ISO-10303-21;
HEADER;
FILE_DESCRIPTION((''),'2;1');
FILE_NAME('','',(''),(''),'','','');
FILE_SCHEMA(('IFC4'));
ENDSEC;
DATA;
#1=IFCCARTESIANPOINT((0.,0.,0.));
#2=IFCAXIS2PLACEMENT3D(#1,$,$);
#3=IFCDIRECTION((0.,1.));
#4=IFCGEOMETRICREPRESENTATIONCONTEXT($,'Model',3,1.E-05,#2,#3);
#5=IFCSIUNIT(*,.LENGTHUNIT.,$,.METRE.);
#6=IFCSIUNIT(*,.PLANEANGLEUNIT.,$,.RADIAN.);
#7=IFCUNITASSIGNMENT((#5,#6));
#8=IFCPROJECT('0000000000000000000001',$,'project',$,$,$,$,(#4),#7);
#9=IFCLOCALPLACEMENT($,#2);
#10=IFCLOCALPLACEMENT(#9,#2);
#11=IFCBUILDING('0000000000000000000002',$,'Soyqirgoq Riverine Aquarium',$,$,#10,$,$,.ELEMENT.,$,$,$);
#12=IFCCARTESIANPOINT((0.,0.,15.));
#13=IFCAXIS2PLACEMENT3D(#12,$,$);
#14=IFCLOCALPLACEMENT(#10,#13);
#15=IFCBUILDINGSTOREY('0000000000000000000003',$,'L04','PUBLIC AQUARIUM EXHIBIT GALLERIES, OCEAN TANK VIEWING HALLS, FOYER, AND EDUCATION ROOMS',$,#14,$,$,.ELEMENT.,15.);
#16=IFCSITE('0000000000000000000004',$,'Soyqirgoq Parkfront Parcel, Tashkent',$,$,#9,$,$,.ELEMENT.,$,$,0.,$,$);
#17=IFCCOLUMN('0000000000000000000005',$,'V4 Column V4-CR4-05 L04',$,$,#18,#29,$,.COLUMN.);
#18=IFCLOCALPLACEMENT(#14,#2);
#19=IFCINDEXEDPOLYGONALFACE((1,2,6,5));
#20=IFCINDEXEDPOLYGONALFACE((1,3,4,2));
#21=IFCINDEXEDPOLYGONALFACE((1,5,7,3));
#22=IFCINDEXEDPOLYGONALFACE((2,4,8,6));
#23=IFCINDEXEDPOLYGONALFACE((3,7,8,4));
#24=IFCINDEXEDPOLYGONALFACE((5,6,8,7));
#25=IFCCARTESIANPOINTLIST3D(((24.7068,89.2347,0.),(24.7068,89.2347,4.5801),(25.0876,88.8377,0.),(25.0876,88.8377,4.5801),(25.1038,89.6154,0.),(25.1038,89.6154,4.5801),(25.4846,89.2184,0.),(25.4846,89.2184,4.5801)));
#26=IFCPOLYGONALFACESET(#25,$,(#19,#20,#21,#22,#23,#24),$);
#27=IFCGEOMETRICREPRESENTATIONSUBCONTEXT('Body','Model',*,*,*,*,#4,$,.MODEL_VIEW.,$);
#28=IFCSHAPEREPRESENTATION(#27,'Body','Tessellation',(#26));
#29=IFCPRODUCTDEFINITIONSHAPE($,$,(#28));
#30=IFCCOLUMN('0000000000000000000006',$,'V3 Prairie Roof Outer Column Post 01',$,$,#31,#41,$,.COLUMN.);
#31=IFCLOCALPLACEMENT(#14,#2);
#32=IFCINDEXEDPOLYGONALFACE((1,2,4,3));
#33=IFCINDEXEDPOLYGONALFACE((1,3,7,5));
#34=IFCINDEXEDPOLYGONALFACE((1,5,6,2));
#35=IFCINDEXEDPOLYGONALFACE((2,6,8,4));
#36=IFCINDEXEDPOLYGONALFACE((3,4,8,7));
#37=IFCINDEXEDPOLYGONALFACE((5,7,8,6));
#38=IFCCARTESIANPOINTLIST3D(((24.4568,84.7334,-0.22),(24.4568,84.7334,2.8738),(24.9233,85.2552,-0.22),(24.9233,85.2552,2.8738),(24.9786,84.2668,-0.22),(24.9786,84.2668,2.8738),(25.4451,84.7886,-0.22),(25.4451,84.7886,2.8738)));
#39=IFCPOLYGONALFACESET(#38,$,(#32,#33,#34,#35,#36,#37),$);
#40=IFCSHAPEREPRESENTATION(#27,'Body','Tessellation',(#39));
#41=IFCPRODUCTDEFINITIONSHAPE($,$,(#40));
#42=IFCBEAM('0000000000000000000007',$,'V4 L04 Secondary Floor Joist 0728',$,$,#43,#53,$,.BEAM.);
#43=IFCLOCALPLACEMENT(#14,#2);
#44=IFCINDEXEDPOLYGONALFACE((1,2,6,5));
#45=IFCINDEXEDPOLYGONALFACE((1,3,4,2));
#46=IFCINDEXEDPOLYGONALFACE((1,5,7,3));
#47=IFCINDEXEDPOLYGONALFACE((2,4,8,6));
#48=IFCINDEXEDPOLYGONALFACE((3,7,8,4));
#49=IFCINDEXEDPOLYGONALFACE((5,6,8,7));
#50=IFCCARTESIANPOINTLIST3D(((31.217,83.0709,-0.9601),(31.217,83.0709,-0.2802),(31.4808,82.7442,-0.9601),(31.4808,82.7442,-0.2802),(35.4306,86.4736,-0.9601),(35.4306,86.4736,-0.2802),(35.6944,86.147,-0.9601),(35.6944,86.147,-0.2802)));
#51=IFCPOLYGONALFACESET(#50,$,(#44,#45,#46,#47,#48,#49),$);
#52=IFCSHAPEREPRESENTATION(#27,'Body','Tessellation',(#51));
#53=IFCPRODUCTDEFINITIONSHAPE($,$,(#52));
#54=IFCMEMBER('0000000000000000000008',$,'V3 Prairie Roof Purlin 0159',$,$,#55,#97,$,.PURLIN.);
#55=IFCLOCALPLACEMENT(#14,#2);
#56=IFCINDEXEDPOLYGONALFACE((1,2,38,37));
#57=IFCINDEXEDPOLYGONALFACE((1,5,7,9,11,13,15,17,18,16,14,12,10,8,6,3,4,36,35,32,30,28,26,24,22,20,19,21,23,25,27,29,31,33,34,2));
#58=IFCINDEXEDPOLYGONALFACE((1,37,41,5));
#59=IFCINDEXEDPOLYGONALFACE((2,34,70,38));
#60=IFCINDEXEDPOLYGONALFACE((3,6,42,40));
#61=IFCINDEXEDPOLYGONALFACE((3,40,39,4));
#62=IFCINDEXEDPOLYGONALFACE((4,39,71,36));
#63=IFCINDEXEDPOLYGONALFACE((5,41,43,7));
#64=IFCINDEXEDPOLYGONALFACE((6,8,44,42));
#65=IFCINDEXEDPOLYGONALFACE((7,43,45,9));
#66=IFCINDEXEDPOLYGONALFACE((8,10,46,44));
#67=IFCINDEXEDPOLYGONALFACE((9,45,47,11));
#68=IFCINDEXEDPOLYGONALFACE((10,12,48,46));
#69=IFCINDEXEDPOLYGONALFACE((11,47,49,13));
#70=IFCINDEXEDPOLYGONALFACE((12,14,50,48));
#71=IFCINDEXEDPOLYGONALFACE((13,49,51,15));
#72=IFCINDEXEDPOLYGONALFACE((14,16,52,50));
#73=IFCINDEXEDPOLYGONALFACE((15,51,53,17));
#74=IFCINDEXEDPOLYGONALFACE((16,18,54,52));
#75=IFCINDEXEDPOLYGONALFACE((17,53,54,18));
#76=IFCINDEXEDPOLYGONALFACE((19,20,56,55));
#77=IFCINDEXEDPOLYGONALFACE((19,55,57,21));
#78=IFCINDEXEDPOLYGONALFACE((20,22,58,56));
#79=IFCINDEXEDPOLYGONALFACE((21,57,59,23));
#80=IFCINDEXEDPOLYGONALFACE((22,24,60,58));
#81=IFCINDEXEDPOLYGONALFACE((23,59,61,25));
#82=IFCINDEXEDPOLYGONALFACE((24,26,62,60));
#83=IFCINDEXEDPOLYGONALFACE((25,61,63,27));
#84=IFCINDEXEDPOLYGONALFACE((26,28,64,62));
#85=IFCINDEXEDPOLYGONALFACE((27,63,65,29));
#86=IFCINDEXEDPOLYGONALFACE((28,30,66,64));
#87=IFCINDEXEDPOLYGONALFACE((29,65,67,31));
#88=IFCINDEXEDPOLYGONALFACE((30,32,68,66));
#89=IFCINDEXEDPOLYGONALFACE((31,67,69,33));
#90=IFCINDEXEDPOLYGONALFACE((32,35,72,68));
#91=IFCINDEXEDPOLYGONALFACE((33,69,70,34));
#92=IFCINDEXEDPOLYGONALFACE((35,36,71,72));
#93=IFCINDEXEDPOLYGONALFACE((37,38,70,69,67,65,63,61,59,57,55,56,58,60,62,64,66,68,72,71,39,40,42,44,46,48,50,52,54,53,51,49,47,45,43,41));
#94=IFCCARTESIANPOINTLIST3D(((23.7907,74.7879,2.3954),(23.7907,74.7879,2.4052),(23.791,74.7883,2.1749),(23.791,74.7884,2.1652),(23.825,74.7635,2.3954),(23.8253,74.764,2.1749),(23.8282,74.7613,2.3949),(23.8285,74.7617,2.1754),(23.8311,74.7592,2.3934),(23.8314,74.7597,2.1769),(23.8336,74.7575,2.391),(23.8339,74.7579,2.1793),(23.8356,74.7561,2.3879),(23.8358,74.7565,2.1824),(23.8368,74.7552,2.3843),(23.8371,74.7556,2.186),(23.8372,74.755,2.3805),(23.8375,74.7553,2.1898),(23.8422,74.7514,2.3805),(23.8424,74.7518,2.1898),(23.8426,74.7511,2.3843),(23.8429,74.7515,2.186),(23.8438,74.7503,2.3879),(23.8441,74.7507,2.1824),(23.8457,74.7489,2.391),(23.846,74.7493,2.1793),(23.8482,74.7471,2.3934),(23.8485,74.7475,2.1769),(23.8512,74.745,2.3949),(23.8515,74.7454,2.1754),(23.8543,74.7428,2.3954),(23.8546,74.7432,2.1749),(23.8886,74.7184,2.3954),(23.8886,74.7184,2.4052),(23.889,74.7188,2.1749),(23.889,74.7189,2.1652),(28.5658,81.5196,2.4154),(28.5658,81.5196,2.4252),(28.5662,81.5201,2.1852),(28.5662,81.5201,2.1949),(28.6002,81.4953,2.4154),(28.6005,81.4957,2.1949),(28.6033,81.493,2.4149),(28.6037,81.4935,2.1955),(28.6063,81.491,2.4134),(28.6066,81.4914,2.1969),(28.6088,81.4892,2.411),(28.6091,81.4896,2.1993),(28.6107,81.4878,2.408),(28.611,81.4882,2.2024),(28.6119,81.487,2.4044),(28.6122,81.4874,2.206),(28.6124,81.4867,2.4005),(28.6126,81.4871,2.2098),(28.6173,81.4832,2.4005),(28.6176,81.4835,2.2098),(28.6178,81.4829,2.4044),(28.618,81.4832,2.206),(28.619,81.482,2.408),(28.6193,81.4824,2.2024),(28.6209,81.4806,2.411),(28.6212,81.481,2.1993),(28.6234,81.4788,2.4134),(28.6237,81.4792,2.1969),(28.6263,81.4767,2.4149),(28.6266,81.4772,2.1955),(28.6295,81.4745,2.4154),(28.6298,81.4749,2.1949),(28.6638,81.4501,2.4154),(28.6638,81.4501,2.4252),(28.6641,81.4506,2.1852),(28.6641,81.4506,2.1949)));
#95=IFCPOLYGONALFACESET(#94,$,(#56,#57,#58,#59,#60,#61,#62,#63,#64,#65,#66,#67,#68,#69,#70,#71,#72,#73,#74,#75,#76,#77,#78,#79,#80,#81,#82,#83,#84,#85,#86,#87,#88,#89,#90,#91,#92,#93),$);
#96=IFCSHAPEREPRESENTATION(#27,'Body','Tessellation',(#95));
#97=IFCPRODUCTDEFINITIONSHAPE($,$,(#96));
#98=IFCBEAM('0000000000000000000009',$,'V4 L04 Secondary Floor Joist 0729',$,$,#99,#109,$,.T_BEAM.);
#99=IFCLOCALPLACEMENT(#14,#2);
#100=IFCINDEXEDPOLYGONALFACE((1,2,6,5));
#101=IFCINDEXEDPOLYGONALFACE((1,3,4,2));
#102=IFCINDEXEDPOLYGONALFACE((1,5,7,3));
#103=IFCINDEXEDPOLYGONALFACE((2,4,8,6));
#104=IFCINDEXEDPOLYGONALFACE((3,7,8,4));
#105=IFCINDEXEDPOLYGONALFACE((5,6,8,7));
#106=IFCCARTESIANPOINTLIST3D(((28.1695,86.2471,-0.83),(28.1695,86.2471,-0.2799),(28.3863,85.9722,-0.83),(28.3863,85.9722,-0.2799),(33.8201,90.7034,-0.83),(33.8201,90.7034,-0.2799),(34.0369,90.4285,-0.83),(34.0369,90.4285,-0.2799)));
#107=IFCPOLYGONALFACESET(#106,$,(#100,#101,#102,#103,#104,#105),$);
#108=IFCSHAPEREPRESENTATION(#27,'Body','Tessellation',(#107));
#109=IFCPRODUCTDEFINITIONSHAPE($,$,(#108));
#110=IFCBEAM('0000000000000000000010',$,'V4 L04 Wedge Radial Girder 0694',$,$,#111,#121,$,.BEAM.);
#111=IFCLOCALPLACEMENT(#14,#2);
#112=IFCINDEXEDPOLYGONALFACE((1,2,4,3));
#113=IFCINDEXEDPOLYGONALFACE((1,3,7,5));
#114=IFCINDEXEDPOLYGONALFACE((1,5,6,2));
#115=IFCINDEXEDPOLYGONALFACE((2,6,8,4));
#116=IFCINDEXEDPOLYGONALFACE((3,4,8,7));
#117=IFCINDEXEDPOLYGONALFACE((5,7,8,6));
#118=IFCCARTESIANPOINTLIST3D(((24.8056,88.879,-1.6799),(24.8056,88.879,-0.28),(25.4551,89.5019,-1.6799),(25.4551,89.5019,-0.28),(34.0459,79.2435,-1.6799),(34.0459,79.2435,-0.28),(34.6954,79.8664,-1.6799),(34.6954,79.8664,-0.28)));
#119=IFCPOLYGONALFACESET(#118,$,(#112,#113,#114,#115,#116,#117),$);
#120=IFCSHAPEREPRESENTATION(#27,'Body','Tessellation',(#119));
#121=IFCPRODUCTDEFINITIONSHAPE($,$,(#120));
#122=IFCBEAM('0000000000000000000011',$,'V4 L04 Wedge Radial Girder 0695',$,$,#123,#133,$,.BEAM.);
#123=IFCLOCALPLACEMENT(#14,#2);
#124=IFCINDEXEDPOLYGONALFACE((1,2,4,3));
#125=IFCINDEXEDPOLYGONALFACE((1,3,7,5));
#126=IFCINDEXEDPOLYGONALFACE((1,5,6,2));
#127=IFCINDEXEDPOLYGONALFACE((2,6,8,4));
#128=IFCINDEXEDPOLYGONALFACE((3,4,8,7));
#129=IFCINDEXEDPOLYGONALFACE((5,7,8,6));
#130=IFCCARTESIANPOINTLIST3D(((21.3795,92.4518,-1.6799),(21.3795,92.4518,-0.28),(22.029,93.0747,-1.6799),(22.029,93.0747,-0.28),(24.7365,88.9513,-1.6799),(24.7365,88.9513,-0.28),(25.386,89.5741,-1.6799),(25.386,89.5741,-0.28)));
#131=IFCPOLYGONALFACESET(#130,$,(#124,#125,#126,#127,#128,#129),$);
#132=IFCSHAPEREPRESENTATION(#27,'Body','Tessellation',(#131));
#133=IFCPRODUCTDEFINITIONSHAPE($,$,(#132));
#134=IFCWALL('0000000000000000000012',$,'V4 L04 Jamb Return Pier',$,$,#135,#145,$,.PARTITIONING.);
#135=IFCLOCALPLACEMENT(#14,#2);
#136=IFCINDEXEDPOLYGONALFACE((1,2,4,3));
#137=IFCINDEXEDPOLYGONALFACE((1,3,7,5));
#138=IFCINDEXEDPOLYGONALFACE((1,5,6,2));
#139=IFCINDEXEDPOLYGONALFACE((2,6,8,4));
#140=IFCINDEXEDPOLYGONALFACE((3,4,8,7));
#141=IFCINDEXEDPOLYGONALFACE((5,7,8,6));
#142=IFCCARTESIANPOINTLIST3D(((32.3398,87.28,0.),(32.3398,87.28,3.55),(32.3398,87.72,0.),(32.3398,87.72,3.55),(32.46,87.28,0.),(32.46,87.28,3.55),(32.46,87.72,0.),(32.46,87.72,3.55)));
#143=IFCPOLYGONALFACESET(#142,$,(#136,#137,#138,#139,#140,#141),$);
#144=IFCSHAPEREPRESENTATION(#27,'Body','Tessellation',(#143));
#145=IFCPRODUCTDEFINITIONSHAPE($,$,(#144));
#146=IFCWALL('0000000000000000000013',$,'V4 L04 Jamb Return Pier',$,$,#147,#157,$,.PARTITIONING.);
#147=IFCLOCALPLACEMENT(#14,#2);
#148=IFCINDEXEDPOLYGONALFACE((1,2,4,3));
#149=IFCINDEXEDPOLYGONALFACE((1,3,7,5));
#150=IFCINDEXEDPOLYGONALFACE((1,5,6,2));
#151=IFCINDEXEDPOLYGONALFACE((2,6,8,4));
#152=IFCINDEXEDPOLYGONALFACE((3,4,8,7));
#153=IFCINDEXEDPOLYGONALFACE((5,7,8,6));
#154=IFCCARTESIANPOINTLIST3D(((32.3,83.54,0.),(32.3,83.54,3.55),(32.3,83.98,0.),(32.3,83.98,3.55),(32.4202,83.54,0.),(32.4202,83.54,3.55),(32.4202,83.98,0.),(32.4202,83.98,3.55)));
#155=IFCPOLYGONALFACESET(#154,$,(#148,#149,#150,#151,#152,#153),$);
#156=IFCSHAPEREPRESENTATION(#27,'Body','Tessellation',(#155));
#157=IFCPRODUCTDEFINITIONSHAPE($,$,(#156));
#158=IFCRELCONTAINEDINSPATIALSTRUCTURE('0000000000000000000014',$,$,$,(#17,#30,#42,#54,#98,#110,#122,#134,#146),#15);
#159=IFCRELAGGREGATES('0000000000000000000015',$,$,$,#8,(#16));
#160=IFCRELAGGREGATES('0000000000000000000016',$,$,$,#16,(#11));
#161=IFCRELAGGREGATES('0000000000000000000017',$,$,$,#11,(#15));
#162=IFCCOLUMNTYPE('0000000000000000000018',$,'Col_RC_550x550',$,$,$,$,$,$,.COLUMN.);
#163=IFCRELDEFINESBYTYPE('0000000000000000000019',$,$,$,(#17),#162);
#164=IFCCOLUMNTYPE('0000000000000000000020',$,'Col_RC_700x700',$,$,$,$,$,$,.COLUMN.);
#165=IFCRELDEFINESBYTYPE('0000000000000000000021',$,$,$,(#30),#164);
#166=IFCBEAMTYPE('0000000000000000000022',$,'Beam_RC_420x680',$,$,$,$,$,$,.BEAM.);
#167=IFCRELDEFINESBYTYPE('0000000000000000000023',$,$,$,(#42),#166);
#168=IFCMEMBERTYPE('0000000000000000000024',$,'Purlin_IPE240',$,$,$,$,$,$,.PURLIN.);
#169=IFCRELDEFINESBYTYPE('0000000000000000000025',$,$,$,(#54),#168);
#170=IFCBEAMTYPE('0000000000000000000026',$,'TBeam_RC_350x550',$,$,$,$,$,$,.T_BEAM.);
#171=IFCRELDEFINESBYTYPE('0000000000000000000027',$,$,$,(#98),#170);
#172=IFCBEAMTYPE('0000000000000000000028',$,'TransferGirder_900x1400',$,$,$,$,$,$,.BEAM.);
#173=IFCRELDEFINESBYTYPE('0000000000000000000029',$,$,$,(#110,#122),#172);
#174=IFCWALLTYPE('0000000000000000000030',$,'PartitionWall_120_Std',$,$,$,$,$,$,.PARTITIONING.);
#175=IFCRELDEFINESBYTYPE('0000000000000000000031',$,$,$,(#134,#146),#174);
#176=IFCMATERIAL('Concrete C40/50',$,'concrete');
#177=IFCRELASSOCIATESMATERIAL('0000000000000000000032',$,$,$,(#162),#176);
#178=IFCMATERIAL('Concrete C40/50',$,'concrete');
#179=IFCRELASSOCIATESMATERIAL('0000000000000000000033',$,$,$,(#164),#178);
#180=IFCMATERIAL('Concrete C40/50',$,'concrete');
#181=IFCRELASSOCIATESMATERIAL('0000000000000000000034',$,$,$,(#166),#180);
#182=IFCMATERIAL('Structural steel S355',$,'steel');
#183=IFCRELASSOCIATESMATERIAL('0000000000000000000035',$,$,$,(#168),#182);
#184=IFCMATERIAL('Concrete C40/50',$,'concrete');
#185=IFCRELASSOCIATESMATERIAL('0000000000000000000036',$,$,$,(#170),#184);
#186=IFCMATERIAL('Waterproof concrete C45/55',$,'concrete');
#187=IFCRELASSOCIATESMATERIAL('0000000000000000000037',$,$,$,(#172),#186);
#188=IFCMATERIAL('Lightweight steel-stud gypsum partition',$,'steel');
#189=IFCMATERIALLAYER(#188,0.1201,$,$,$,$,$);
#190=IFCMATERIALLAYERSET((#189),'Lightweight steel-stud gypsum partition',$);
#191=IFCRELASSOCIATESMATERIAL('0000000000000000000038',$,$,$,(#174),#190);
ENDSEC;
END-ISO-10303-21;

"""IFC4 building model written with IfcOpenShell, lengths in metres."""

from ifc_helpers import new_model, si_unit, direction, frame, frame_2d, origin, origin_2d, place, context, subcontext, project, spatial, rectangle, i_section, extrude, material, layer, layer_set, material_profile, profile_set, type_object, element, save


model = new_model("IFC4")

# Units and contexts
model_context = context("Model", 3, precision=1e-05, world=origin(), true_north=direction((0.0, 1.0)))
body_context = subcontext(model_context, "Body", "Model", "MODEL_VIEW")
ifc_project = project(units=[si_unit("LENGTHUNIT", "METRE"), si_unit("PLANEANGLEUNIT", "RADIAN")], contexts=[model_context])

# Site, building, storey
site_placement = place(None, origin())
site = spatial("IfcSite", under=ifc_project, at=site_placement, Name="Soyqirgoq Parkfront Parcel, Tashkent", CompositionType="ELEMENT", RefElevation=0.0)
building_placement = place(site_placement, origin())
building = spatial("IfcBuilding", under=site, at=building_placement, Name="Soyqirgoq Riverine Aquarium", CompositionType="ELEMENT")
storey_placement = place(building_placement, frame((0.0, 0.0, 15.0)))
storey = spatial("IfcBuildingStorey", under=building, at=storey_placement, Name="L04", Description="PUBLIC AQUARIUM EXHIBIT GALLERIES, OCEAN TANK VIEWING HALLS, FOYER, AND EDUCATION ROOMS", CompositionType="ELEMENT", Elevation=15.0)

# Columns
ifc_material_1 = material(Name="Concrete C40/50", Category="concrete")
ifc_material_profile_1 = material_profile(ifc_material_1, rectangle(XDim=0.55, YDim=0.55, at=origin_2d()), Name="RC 550x550")
ifc_profile_set_1 = profile_set([ifc_material_profile_1], Name="Concrete C40/50")
column_type_1 = type_object("IfcColumnType", Name="Col_RC_550x550", PredefinedType="COLUMN", material=ifc_profile_set_1)
column_1_placement = place(storey_placement, frame((25.0957, 89.2266, 0.0), z_axis=(0.0, 0.0, 1.0), x_axis=(-0.692143, 0.72176, 0.0)))
element("IfcColumn", 1, at=column_1_placement, inside=storey, type_object=column_type_1, Name="V4 Column V4-CR4-05 L04", PredefinedType="COLUMN", context=body_context, shape_type="SweptSolid", body=[
    extrude(rectangle(XDim=0.55, YDim=0.55, at=origin_2d()), origin(), (0.0, 0.0, 1.0), 4.5801),
])
ifc_material_2 = material(Name="Concrete C40/50", Category="concrete")
ifc_material_profile_2 = material_profile(ifc_material_2, rectangle(XDim=0.7, YDim=0.7, at=origin_2d()), Name="RC 700x700")
ifc_profile_set_2 = profile_set([ifc_material_profile_2], Name="Concrete C40/50")
column_type_2 = type_object("IfcColumnType", Name="Col_RC_700x700", PredefinedType="COLUMN", material=ifc_profile_set_2)
column_2_placement = place(storey_placement, frame((24.9509, 84.761, -0.22), z_axis=(0.0, 0.0, 1.0), x_axis=(-0.745476, 0.666532, 0.0)))
element("IfcColumn", 2, at=column_2_placement, inside=storey, type_object=column_type_2, Name="V3 Prairie Roof Outer Column Post 01", PredefinedType="COLUMN", context=body_context, shape_type="SweptSolid", body=[
    extrude(rectangle(XDim=0.7, YDim=0.7, at=origin_2d()), origin(), (0.0, 0.0, 1.0), 3.0938),
])

# Beam
ifc_material_3 = material(Name="Concrete C40/50", Category="concrete")
ifc_material_profile_3 = material_profile(ifc_material_3, rectangle(XDim=0.4199, YDim=0.6799, at=origin_2d()), Name="RC 420x680")
ifc_profile_set_3 = profile_set([ifc_material_profile_3], Name="Concrete C40/50")
beam_type_1 = type_object("IfcBeamType", Name="Beam_RC_420x680", PredefinedType="BEAM", material=ifc_profile_set_3)
beam_1_placement = place(storey_placement, frame((35.5625, 86.3103, -0.6201), z_axis=(-0.777984, -0.628284, 0.0), x_axis=(0.628284, -0.777984, 0.0)))
element("IfcBeam", 3, at=beam_1_placement, inside=storey, type_object=beam_type_1, Name="V4 L04 Secondary Floor Joist 0728", PredefinedType="BEAM", context=body_context, shape_type="SweptSolid", body=[
    extrude(rectangle(XDim=0.4199, YDim=0.6799, at=origin_2d()), origin(), (0.0, 0.0, 1.0), 5.416),
])

# Member
ifc_material_4 = material(Name="Structural steel S355", Category="steel")
ifc_material_profile_4 = material_profile(ifc_material_4, i_section(OverallWidth=0.1201, OverallDepth=0.24, WebThickness=0.0061, FlangeThickness=0.0098, FilletRadius=0.0149, at=origin_2d()), Name="IPE 240")
ifc_profile_set_4 = profile_set([ifc_material_profile_4], Name="Structural steel S355")
member_type = type_object("IfcMemberType", Name="Purlin_IPE240", PredefinedType="PURLIN", material=ifc_profile_set_4)
member_placement = place(storey_placement, frame((28.615, 81.4851, 2.3052), z_axis=(-0.57857, -0.815629, -0.002426), x_axis=(0.815632, -0.578571, 0.0)))
element("IfcMember", 4, at=member_placement, inside=storey, type_object=member_type, Name="V3 Prairie Roof Purlin 0159", PredefinedType="PURLIN", context=body_context, shape_type="SweptSolid", body=[
    extrude(i_section(OverallWidth=0.1201, OverallDepth=0.24, WebThickness=0.0061, FlangeThickness=0.0098, FilletRadius=0.0149, at=origin_2d()), origin(), (0.0, 0.0, 1.0), 8.2534),
])

# Beams
ifc_material_5 = material(Name="Concrete C40/50", Category="concrete")
ifc_material_profile_5 = material_profile(ifc_material_5, rectangle(XDim=0.3501, YDim=0.55, at=origin_2d()), Name="RC 350x550")
ifc_profile_set_5 = profile_set([ifc_material_profile_5], Name="Concrete C40/50")
beam_type_2 = type_object("IfcBeamType", Name="TBeam_RC_350x550", PredefinedType="T_BEAM", material=ifc_profile_set_5)
beam_2_placement = place(storey_placement, frame((33.9285, 90.5659, -0.5549), z_axis=(-0.785202, -0.619239, 0.0), x_axis=(0.619239, -0.785202, 0.0)))
element("IfcBeam", 5, at=beam_2_placement, inside=storey, type_object=beam_type_2, Name="V4 L04 Secondary Floor Joist 0729", PredefinedType="T_BEAM", context=body_context, shape_type="SweptSolid", body=[
    extrude(rectangle(XDim=0.3501, YDim=0.55, at=origin_2d()), origin(), (0.0, 0.0, 1.0), 7.1963),
])
ifc_material_6 = material(Name="Waterproof concrete C45/55", Category="concrete")
ifc_material_profile_6 = material_profile(ifc_material_6, rectangle(XDim=0.8999, YDim=1.3999, at=origin_2d()), Name="RC 900x1400")
ifc_profile_set_6 = profile_set([ifc_material_profile_6], Name="Waterproof concrete C45/55")
beam_type_3 = type_object("IfcBeamType", Name="TransferGirder_900x1400", PredefinedType="BEAM", material=ifc_profile_set_6)
beam_3_placement = place(storey_placement, frame((34.3706, 79.5549, -0.98), z_axis=(-0.692148, 0.721756, 0.0), x_axis=(-0.721756, -0.692148, 0.0)))
element("IfcBeam", 6, at=beam_3_placement, inside=storey, type_object=beam_type_3, Name="V4 L04 Wedge Radial Girder 0694", PredefinedType="BEAM", context=body_context, shape_type="SweptSolid", body=[
    extrude(rectangle(XDim=0.8999, YDim=1.3999, at=origin_2d()), origin(), (0.0, 0.0, 1.0), 13.3501),
])
beam_4_placement = place(storey_placement, frame((25.0613, 89.2627, -0.98), z_axis=(-0.692152, 0.721751, 0.0), x_axis=(-0.721751, -0.692152, 0.0)))
element("IfcBeam", 7, at=beam_4_placement, inside=storey, type_object=beam_type_3, Name="V4 L04 Wedge Radial Girder 0695", PredefinedType="BEAM", context=body_context, shape_type="SweptSolid", body=[
    extrude(rectangle(XDim=0.8999, YDim=1.3999, at=origin_2d()), origin(), (0.0, 0.0, 1.0), 4.8501),
])

# Walls
ifc_material_7 = material(Name="Lightweight steel-stud gypsum partition", Category="steel")
ifc_layer_1 = layer(ifc_material_7, 0.1201)
ifc_layer_set_1 = layer_set([ifc_layer_1], Name="Lightweight steel-stud gypsum partition")
wall_type_1 = type_object("IfcWallType", Name="PartitionWall_120_Std", PredefinedType="PARTITIONING", material=ifc_layer_set_1)
for number, where, z_axis, x_axis, name in (
    (8, (32.3999, 87.72, 0.0), (0.0, 0.0, 1.0), (0.0, -1.0, 0.0), "V4 L04 Jamb Return Pier"),
    (9, (32.3601, 83.98, 0.0), (0.0, 0.0, 1.0), (0.0, -1.0, 0.0), "V4 L04 Jamb Return Pier"),
):
    element("IfcWall", number, at=place(storey_placement, frame(where, z_axis=z_axis, x_axis=x_axis)), inside=storey, type_object=wall_type_1, Name=name, PredefinedType="PARTITIONING", context=body_context, shape_type="SweptSolid", body=[
        extrude(rectangle(XDim=0.4399, YDim=0.1201, at=frame_2d((0.22, 0.0))), origin(), (0.0, 0.0, 1.0), 3.55),
    ])

save(model, "model.ifc")
